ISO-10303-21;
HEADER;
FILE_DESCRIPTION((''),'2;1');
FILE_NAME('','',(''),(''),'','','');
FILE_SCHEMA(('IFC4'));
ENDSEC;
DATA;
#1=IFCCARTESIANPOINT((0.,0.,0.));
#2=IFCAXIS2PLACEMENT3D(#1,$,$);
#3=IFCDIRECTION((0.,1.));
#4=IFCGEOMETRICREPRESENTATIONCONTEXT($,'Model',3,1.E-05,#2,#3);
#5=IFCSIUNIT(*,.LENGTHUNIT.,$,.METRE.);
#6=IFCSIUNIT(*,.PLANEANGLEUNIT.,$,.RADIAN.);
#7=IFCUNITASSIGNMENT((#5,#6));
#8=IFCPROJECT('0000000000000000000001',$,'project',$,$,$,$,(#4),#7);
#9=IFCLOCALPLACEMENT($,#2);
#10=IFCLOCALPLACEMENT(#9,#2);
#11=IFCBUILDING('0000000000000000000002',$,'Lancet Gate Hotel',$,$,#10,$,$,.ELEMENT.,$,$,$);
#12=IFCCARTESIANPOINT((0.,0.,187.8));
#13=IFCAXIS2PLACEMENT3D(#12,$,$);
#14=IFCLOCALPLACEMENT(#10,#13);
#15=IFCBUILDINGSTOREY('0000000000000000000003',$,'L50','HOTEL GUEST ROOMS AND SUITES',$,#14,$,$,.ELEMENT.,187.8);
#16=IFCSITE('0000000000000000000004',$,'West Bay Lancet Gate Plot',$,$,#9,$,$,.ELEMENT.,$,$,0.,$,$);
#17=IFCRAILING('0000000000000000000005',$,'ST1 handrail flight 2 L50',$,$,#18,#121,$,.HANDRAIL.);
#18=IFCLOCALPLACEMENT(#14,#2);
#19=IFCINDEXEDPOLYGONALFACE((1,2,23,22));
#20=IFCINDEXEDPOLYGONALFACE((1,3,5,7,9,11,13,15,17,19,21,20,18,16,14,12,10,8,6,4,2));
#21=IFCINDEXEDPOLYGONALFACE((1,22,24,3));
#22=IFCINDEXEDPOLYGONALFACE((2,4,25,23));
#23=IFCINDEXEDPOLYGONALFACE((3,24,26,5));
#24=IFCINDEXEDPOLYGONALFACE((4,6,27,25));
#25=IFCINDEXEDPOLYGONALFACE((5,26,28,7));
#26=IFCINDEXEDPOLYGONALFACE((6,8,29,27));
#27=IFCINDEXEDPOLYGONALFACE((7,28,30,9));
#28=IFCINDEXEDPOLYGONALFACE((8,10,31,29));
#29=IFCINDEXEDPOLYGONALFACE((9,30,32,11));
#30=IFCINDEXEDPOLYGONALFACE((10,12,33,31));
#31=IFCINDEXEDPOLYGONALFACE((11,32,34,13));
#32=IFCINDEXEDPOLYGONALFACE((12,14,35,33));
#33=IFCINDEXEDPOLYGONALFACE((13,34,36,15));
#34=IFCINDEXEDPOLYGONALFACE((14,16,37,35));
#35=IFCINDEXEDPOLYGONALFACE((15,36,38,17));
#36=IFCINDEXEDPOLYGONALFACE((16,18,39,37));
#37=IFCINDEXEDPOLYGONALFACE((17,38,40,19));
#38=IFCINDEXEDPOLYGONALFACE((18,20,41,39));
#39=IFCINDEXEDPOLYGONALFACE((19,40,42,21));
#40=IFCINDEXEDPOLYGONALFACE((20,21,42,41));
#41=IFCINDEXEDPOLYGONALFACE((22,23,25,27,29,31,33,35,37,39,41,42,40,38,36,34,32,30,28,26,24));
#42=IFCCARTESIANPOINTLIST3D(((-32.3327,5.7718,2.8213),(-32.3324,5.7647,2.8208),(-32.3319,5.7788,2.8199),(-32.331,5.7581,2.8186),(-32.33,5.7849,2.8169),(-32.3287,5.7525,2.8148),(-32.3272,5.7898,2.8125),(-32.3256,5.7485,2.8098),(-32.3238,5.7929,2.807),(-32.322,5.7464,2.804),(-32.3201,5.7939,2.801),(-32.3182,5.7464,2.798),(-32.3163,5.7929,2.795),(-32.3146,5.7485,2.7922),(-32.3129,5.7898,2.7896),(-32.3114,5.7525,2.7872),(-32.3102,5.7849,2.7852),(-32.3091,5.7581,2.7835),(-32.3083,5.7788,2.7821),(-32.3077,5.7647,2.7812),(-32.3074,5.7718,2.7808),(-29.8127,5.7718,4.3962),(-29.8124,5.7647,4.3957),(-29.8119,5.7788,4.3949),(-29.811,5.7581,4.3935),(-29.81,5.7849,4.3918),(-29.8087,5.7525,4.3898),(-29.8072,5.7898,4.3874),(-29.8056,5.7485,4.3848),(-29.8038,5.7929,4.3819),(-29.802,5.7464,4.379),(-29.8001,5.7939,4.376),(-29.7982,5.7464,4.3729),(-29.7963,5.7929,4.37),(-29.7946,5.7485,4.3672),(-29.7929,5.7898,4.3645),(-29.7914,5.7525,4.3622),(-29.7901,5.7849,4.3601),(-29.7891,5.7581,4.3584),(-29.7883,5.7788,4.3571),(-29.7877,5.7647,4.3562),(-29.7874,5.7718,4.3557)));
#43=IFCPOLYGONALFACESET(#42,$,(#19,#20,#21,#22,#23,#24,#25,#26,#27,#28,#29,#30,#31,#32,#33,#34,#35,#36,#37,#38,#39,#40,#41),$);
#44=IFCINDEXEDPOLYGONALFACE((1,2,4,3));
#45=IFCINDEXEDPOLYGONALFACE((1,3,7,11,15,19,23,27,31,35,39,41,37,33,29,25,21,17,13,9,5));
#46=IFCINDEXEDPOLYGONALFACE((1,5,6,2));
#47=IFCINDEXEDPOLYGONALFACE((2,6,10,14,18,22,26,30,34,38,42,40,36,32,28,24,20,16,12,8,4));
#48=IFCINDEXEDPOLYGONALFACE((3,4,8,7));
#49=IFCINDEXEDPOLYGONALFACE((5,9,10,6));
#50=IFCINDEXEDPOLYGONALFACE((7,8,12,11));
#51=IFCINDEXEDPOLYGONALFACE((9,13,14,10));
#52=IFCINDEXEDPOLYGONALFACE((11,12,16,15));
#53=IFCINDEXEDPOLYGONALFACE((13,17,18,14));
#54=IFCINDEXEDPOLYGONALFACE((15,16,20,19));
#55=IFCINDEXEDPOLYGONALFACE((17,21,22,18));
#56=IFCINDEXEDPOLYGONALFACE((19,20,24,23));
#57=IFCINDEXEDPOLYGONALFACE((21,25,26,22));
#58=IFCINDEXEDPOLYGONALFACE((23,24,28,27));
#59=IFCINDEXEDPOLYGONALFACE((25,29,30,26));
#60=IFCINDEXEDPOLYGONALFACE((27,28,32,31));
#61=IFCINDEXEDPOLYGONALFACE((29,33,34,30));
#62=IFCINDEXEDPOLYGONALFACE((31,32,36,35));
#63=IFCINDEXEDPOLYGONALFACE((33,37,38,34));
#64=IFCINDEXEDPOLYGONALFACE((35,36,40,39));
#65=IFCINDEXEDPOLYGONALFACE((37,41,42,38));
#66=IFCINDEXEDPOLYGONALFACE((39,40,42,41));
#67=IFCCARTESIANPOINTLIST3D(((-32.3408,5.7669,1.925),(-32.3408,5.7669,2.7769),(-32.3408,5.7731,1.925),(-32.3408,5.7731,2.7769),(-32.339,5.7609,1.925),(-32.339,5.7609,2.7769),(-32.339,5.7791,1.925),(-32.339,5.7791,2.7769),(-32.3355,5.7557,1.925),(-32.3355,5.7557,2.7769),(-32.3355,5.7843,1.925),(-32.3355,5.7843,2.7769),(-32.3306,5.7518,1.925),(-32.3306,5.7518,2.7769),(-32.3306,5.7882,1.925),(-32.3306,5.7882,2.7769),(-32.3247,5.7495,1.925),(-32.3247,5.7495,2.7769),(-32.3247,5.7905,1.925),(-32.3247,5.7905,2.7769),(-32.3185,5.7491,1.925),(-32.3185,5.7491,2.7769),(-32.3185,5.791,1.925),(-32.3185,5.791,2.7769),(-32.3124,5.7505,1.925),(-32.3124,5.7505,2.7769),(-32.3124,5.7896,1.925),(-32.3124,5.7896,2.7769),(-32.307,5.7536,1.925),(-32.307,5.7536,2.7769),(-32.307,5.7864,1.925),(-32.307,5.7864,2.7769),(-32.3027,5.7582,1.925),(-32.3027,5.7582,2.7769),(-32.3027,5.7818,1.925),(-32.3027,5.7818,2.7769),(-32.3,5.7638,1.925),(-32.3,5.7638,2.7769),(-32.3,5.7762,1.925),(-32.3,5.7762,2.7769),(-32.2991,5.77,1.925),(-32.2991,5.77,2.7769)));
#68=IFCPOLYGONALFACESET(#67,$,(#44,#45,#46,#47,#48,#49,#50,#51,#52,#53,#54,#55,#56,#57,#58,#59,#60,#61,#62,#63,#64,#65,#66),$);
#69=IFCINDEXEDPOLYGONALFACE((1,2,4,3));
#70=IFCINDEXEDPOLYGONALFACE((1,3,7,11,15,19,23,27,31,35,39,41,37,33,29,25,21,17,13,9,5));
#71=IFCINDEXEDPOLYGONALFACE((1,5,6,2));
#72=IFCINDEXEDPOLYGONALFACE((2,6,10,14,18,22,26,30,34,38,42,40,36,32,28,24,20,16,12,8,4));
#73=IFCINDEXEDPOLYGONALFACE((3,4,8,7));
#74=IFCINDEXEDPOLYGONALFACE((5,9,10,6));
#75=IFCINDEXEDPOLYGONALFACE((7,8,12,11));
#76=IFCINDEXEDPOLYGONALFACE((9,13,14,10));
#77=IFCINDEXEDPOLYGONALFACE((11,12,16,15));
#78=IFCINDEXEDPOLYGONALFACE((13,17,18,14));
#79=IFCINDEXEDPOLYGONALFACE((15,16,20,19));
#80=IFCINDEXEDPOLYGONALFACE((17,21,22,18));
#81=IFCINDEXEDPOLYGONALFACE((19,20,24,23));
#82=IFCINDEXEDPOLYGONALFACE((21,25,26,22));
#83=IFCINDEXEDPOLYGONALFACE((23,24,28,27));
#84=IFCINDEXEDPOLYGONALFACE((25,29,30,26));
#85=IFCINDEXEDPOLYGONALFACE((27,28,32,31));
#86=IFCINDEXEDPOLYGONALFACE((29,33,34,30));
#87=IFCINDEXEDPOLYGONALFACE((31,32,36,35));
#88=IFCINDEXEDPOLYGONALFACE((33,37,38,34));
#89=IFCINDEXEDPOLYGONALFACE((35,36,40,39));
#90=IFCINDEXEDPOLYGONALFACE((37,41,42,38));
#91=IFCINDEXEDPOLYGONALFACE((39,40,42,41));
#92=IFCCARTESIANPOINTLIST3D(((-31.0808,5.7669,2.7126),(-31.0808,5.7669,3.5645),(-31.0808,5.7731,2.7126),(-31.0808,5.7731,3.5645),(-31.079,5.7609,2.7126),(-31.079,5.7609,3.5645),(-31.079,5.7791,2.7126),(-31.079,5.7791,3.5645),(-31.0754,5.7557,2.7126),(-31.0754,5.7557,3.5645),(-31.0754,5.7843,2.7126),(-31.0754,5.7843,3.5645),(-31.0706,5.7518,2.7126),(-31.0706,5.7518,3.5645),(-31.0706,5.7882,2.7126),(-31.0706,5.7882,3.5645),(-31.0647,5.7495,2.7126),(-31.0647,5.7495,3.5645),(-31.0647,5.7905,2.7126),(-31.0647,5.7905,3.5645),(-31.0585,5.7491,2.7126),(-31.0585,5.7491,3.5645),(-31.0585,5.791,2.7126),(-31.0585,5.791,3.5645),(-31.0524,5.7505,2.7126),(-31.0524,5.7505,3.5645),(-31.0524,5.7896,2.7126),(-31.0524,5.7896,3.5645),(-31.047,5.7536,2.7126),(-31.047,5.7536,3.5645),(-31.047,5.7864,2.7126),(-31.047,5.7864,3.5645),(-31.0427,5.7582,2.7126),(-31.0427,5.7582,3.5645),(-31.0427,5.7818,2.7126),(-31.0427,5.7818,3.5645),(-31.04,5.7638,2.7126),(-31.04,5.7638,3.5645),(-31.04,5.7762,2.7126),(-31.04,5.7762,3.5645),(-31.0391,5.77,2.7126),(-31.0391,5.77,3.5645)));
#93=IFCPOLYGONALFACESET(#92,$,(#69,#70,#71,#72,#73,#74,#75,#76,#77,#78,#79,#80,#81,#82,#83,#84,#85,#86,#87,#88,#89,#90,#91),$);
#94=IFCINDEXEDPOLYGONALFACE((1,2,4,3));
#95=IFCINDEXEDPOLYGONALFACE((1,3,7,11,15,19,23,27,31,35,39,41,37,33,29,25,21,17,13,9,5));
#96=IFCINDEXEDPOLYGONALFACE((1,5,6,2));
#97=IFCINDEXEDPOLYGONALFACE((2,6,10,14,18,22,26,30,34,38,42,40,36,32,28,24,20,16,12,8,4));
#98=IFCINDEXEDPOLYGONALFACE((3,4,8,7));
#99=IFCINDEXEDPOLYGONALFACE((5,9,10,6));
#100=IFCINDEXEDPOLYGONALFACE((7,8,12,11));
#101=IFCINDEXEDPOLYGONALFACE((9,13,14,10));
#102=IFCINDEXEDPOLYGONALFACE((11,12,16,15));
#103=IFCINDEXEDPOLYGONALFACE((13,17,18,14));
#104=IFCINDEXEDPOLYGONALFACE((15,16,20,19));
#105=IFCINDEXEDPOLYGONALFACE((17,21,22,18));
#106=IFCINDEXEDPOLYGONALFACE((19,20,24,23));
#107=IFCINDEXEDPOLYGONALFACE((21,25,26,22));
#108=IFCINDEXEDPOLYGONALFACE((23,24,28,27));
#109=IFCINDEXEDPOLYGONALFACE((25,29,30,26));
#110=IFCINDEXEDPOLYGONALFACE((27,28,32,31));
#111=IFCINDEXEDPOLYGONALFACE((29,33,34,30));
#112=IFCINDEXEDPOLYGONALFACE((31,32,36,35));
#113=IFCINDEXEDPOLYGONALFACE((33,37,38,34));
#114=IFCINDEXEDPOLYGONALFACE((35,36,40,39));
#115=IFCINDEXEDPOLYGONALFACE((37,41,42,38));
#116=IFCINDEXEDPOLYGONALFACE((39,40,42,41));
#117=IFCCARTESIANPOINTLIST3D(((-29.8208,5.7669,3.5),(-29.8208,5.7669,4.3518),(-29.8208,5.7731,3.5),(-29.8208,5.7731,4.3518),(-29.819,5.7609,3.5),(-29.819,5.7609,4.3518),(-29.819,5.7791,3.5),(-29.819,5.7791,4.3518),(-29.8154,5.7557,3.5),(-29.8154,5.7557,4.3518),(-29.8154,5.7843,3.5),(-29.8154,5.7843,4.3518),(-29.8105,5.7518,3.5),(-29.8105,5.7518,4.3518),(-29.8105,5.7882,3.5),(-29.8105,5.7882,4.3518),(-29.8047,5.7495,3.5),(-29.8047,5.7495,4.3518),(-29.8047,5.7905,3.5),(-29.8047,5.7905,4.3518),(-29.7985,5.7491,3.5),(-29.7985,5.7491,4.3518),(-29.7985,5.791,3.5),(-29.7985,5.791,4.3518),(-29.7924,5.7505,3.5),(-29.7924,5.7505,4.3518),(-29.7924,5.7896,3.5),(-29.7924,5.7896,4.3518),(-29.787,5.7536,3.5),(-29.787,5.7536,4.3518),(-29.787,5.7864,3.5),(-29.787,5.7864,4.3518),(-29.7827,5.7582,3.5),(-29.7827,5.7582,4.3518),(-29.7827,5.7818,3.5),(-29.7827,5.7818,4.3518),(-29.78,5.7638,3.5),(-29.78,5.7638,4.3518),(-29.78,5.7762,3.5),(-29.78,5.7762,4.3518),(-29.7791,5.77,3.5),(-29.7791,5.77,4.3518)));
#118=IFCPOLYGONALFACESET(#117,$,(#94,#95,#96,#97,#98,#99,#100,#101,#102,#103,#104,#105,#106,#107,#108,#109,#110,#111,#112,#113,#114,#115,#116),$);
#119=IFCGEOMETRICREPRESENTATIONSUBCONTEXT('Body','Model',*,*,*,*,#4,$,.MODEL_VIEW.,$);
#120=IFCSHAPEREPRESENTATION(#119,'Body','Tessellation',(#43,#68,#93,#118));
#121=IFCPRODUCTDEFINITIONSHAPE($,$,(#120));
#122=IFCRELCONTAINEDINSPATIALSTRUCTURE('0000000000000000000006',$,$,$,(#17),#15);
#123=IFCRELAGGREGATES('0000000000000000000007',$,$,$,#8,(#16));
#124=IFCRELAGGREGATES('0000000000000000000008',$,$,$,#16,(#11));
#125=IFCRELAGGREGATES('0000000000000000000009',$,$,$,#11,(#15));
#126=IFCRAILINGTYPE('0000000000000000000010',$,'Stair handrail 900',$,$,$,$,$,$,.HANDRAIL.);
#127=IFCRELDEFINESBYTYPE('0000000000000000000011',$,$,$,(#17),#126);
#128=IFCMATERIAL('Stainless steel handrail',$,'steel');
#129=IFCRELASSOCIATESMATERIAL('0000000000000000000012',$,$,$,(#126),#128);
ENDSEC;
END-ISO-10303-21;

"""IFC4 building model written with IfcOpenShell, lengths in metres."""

from ifc_helpers import new_model, si_unit, direction, frame, origin, origin_2d, place, context, subcontext, project, spatial, circle, extrude, material, type_object, element, save


model = new_model("IFC4")

# Units and contexts
model_context = context("Model", 3, precision=1e-05, world=origin(), true_north=direction((0.0, 1.0)))
body_context = subcontext(model_context, "Body", "Model", "MODEL_VIEW")
ifc_project = project(units=[si_unit("LENGTHUNIT", "METRE"), si_unit("PLANEANGLEUNIT", "RADIAN")], contexts=[model_context])

# Site, building, storey
site_placement = place(None, origin())
site = spatial("IfcSite", under=ifc_project, at=site_placement, Name="West Bay Lancet Gate Plot", CompositionType="ELEMENT", RefElevation=0.0)
building_placement = place(site_placement, origin())
building = spatial("IfcBuilding", under=site, at=building_placement, Name="Lancet Gate Hotel", CompositionType="ELEMENT")
storey_placement = place(building_placement, frame((0.0, 0.0, 187.8)))
storey = spatial("IfcBuildingStorey", under=building, at=storey_placement, Name="L50", Description="HOTEL GUEST ROOMS AND SUITES", CompositionType="ELEMENT", Elevation=187.8)

# Railing
ifc_material_1 = material(Name="Stainless steel handrail", Category="steel")
railing_type = type_object("IfcRailingType", Name="Stair handrail 900", PredefinedType="HANDRAIL", material=ifc_material_1)
railing_1_placement = place(storey_placement, frame((-32.3201, 5.77, 1.925)))
element("IfcRailing", 1, at=railing_1_placement, inside=storey, type_object=railing_type, Name="ST1 handrail flight 2 L50", PredefinedType="HANDRAIL", context=body_context, shape_type="SweptSolid", body=[
    extrude(circle(Radius=0.0239, at=origin_2d()), frame((0.0, 0.0, 0.876), z_axis=(0.848008, 0.0, 0.529984), x_axis=(0.0, 1.0, 0.0)), (0.0, 0.0, 1.0), 2.9717),
    extrude(circle(Radius=0.021, at=origin_2d()), origin(), (0.0, 0.0, 1.0), 0.8518),
    extrude(circle(Radius=0.021, at=origin_2d()), frame((1.26, 0.0, 0.7876)), (0.0, 0.0, 1.0), 0.8518),
    extrude(circle(Radius=0.021, at=origin_2d()), frame((2.52, 0.0, 1.575)), (0.0, 0.0, 1.0), 0.8518),
])

save(model, "model.ifc")
